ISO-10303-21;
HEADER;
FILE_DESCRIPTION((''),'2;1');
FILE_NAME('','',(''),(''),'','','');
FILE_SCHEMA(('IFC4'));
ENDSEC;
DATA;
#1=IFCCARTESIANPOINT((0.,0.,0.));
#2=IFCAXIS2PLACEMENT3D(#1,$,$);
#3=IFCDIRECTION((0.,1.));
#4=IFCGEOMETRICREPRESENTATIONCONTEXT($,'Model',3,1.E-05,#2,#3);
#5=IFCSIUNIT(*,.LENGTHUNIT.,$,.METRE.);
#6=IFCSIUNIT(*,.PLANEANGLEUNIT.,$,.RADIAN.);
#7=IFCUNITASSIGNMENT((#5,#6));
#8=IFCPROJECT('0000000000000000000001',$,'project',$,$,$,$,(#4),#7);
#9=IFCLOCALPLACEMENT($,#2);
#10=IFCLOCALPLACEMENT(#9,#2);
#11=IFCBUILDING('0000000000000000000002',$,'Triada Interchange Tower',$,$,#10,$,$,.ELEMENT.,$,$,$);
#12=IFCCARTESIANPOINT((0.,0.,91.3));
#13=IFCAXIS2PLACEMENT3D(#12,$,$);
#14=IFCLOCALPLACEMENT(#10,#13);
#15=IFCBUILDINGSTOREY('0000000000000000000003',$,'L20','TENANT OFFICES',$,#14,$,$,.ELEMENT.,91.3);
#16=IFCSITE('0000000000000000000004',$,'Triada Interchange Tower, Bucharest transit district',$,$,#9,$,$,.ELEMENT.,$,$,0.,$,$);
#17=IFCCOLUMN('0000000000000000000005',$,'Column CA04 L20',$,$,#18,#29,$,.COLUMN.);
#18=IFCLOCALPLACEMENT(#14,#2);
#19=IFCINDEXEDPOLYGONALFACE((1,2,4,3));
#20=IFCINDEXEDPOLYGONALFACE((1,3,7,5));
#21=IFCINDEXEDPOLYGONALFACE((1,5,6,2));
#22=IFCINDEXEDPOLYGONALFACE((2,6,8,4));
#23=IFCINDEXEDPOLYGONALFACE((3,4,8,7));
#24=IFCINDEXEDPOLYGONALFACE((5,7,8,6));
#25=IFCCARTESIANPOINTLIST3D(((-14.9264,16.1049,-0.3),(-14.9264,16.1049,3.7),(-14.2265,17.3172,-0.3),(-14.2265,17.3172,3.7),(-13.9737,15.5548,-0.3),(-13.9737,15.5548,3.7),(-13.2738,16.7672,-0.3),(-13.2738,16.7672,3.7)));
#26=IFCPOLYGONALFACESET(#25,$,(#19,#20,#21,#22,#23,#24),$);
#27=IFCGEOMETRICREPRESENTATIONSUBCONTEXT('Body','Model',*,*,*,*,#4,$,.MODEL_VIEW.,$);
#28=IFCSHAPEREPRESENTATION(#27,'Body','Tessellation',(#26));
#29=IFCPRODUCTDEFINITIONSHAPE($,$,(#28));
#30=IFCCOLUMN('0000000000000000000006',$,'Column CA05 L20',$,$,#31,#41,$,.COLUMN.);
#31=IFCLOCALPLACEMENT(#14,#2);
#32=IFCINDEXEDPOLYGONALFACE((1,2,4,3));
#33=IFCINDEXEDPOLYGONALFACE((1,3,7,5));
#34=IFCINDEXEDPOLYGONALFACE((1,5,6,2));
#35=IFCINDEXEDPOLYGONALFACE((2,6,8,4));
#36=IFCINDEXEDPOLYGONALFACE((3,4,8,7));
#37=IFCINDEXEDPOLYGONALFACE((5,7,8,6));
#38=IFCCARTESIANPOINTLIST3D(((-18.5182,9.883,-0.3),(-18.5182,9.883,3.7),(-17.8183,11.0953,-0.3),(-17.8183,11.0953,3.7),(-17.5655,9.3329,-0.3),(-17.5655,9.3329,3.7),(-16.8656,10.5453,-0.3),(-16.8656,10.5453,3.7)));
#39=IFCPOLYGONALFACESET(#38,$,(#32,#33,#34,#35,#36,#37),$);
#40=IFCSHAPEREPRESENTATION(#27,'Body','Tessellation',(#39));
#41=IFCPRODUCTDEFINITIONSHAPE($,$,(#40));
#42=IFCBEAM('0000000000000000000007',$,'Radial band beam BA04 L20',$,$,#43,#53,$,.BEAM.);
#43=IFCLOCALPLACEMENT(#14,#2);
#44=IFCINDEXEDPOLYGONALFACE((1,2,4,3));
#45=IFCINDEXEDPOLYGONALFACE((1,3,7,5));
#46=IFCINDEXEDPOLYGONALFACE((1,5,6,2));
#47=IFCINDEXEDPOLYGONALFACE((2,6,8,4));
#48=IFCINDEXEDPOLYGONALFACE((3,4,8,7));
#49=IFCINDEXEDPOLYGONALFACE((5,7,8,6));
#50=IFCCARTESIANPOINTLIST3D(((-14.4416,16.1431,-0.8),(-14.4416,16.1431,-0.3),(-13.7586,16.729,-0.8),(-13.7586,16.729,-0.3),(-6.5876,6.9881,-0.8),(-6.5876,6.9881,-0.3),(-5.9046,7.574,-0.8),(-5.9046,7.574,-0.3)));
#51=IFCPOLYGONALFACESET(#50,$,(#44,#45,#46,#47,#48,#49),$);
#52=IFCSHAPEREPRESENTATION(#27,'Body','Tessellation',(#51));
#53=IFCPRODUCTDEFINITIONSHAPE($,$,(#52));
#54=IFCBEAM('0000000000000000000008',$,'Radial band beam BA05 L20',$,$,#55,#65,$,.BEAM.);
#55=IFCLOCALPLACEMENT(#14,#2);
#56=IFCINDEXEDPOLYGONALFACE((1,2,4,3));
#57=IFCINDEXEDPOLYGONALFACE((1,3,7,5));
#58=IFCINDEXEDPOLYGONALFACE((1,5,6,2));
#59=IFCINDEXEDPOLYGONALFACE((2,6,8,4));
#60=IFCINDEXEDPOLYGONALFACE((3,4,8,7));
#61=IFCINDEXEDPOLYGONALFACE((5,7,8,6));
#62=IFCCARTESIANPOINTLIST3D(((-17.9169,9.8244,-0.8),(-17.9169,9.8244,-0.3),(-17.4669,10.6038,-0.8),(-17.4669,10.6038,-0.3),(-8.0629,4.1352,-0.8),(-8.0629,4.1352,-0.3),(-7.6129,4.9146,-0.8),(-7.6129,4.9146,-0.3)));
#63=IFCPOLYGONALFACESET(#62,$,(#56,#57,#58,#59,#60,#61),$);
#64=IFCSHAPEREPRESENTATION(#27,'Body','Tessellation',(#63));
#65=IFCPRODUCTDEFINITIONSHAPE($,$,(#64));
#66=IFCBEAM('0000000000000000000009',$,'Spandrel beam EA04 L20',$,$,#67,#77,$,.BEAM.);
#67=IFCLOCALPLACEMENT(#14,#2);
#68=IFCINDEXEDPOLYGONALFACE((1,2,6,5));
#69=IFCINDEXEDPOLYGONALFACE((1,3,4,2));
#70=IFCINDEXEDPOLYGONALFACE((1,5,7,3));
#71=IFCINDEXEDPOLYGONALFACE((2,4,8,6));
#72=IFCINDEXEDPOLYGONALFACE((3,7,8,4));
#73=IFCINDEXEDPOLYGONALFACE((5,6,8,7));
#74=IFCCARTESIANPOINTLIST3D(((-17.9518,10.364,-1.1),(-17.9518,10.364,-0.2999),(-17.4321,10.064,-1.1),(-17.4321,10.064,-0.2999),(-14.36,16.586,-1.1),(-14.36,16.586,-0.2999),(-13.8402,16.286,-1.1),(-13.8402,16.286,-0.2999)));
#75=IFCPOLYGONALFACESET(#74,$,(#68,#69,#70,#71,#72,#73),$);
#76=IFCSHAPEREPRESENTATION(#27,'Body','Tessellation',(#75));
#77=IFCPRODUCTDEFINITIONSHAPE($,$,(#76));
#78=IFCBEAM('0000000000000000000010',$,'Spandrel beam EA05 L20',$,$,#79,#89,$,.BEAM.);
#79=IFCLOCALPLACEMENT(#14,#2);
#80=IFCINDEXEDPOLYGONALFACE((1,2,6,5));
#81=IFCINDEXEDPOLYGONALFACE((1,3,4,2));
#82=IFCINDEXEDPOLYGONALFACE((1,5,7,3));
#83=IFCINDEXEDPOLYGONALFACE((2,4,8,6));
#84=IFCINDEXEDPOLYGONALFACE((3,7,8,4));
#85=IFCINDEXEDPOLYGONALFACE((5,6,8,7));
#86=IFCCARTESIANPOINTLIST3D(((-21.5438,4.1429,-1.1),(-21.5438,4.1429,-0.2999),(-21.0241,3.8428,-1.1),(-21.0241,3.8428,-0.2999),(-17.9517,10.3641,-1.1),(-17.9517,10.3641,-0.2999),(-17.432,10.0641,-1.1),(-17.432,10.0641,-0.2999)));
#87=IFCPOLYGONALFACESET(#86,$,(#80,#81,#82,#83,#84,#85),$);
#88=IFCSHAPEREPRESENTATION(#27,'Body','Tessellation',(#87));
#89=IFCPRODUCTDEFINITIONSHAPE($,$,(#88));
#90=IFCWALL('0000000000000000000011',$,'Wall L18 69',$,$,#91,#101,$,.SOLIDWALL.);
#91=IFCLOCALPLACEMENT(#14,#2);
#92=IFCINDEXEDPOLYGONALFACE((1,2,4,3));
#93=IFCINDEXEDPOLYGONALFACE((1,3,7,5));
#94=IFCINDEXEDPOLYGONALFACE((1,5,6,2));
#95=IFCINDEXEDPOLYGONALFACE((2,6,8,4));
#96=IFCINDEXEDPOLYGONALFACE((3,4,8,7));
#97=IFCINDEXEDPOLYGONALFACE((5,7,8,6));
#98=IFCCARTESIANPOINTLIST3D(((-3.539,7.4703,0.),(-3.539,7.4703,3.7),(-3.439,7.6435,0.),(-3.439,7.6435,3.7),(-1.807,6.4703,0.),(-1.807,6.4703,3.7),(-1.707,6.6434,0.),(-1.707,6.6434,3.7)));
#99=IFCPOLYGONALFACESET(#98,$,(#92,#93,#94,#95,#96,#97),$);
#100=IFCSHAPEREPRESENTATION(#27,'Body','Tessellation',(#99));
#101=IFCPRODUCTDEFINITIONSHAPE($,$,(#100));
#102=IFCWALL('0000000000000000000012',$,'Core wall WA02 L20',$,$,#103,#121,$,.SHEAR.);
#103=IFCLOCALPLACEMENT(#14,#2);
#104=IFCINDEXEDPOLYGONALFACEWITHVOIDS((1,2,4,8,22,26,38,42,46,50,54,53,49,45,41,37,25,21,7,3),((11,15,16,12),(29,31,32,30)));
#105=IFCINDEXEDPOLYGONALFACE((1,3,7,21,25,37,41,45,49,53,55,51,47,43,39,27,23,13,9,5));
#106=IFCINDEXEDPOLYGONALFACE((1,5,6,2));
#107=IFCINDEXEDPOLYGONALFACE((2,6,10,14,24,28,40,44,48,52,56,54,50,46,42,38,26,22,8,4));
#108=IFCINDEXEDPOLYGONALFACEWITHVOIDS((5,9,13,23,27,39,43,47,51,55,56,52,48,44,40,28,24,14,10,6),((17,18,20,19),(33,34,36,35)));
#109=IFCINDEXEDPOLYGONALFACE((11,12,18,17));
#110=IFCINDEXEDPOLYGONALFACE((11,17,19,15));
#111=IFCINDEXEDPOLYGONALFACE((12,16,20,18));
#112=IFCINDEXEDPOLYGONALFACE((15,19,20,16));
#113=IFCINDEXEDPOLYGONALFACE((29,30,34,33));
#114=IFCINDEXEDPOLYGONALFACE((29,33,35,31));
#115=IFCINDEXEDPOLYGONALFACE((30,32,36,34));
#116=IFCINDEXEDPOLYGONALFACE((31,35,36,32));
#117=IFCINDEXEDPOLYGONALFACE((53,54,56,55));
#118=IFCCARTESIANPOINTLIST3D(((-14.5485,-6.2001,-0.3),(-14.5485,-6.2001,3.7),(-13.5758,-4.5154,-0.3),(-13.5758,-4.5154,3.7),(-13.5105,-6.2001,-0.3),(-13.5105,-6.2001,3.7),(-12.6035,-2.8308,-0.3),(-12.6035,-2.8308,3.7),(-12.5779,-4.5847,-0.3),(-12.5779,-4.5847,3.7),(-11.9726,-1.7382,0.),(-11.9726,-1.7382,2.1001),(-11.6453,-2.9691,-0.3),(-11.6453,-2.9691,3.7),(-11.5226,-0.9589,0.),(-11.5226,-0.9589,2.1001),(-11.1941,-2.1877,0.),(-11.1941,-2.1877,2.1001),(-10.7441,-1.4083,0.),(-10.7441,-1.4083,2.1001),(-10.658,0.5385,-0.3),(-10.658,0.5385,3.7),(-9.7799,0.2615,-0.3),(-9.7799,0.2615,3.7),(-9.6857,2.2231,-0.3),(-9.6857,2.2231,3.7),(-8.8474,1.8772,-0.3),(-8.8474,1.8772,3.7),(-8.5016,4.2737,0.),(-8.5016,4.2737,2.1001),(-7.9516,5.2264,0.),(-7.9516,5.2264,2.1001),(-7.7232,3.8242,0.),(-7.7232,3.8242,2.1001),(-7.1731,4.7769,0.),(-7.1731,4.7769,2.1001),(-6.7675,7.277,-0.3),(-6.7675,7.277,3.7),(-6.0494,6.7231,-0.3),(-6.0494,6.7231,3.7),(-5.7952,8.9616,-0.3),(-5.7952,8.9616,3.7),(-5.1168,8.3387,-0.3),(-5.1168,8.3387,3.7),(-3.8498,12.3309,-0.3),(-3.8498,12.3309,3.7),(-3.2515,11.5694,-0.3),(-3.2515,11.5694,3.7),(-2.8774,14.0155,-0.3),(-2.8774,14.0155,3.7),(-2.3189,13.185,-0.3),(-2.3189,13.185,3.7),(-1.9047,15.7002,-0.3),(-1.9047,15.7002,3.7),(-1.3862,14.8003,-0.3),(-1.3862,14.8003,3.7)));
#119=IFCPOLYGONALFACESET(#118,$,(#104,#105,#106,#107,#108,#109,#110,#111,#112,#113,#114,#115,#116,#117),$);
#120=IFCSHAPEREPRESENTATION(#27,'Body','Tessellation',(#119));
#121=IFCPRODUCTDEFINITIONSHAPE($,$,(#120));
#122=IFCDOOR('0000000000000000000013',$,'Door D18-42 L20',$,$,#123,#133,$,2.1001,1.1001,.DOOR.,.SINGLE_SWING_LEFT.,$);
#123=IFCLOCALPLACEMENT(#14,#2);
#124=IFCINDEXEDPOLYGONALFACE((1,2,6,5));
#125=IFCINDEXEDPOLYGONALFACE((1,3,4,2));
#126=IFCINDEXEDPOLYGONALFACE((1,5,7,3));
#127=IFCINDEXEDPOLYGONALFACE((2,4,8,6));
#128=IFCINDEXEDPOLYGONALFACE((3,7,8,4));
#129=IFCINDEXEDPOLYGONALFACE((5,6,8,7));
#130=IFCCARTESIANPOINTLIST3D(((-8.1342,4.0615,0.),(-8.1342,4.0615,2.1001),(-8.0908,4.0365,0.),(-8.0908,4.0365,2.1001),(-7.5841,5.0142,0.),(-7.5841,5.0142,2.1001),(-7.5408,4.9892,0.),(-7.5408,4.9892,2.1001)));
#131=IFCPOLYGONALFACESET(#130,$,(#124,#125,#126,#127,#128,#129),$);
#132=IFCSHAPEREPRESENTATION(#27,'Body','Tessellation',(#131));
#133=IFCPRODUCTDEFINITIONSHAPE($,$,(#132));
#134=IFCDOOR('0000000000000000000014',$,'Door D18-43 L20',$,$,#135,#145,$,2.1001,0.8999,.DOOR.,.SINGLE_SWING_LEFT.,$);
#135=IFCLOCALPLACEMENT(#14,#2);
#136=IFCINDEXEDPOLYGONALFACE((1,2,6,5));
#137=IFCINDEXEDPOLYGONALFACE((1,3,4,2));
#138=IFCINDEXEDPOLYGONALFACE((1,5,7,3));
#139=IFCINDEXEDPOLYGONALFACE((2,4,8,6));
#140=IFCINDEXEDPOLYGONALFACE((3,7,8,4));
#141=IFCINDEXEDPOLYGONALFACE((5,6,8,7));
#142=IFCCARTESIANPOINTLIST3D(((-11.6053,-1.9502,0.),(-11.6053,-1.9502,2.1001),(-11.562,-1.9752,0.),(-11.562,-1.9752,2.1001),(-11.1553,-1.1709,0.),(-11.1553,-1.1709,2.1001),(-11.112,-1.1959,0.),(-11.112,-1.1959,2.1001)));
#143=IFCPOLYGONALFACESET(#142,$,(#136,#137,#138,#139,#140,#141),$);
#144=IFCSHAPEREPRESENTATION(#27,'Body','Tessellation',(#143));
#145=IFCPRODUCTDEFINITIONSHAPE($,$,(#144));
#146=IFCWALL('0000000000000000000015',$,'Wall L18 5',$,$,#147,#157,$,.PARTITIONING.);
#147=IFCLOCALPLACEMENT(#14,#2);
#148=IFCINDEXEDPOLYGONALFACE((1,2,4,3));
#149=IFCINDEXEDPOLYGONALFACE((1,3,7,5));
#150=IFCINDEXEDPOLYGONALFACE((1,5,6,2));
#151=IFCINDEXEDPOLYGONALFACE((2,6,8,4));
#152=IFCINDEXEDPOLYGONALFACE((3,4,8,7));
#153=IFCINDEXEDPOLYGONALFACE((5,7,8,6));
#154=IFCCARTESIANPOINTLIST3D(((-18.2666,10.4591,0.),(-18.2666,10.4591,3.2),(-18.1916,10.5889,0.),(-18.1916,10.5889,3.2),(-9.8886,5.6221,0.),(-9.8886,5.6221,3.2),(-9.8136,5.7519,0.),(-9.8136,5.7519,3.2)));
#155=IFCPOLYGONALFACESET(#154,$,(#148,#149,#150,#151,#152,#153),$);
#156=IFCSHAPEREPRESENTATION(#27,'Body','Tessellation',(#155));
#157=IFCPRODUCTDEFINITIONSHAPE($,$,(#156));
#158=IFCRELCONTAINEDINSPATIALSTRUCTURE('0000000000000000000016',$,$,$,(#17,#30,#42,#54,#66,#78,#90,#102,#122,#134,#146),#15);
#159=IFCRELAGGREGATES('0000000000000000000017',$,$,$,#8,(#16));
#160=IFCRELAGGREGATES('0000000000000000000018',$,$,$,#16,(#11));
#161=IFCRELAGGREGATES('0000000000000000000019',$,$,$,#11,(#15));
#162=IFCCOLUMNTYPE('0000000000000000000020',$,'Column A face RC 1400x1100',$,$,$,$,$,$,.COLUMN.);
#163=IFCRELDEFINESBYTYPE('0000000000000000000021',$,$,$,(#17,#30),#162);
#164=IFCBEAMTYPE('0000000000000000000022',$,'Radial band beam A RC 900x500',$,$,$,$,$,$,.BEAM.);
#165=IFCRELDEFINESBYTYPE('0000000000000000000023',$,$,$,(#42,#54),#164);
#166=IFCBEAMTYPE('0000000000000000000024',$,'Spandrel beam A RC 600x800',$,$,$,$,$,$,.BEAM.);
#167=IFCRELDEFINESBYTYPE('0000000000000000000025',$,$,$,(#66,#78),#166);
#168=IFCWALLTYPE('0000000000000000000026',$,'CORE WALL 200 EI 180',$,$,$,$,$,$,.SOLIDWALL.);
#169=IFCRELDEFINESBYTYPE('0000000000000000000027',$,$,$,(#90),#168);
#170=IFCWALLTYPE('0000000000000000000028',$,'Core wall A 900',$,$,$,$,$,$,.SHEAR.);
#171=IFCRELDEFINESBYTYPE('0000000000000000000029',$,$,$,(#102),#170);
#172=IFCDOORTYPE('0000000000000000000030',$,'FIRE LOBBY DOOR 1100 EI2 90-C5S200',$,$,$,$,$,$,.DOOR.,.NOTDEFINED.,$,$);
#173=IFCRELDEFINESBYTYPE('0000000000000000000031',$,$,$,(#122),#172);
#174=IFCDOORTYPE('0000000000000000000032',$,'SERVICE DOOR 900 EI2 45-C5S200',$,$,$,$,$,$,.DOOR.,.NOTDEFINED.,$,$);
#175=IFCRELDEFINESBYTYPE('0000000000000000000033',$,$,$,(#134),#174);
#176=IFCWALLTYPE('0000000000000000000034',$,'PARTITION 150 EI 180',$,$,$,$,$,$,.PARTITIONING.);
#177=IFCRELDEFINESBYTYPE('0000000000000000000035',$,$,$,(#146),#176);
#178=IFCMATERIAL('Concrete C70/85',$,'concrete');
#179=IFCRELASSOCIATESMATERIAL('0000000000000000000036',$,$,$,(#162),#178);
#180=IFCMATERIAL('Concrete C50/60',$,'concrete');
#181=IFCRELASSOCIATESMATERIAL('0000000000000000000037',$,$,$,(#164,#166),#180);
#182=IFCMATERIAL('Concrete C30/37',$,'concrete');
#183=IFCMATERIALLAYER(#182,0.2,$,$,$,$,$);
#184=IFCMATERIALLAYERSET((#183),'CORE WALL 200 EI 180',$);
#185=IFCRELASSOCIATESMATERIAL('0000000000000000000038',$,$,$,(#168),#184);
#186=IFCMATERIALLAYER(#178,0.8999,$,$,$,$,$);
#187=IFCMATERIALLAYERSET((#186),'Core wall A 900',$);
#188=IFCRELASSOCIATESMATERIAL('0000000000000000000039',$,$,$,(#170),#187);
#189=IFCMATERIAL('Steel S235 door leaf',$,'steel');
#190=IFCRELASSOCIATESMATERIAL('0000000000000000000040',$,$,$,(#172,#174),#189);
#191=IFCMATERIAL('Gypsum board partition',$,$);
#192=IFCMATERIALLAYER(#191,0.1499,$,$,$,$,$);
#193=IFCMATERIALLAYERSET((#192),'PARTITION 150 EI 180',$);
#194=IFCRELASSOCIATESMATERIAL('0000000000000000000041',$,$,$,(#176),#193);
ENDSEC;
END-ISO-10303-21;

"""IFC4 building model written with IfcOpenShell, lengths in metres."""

from ifc_helpers import new_model, si_unit, direction, frame, frame_2d, origin, origin_2d, place, context, subcontext, project, spatial, polyline, rectangle, outline, extrude, material, layer, layer_set, material_profile, profile_set, type_object, element, fill, save


model = new_model("IFC4")

# Units and contexts
model_context = context("Model", 3, precision=1e-05, world=origin(), true_north=direction((0.0, 1.0)))
body_context = subcontext(model_context, "Body", "Model", "MODEL_VIEW")
ifc_project = project(units=[si_unit("LENGTHUNIT", "METRE"), si_unit("PLANEANGLEUNIT", "RADIAN")], contexts=[model_context])

# Site, building, storey
site_placement = place(None, origin())
site = spatial("IfcSite", under=ifc_project, at=site_placement, Name="Triada Interchange Tower, Bucharest transit district", CompositionType="ELEMENT", RefElevation=0.0)
building_placement = place(site_placement, origin())
building = spatial("IfcBuilding", under=site, at=building_placement, Name="Triada Interchange Tower", CompositionType="ELEMENT")
storey_placement = place(building_placement, frame((0.0, 0.0, 91.3)))
storey = spatial("IfcBuildingStorey", under=building, at=storey_placement, Name="L20", Description="TENANT OFFICES", CompositionType="ELEMENT", Elevation=91.3)

# Columns
ifc_material_1 = material(Name="Concrete C70/85", Category="concrete")
ifc_material_profile_1 = material_profile(ifc_material_1, rectangle(XDim=1.3999, YDim=1.1001, at=origin_2d()), Name="RC 1400x1100")
ifc_profile_set_1 = profile_set([ifc_material_profile_1], Name="Concrete C70/85")
column_type = type_object("IfcColumnType", Name="Column A face RC 1400x1100", PredefinedType="COLUMN", material=ifc_profile_set_1)
for number, where, z_axis, x_axis, name in (
    (1, (-14.1001, 16.436, -0.3), (0.0, 0.0, 1.0), (0.5, 0.866025, 0.0), "Column CA04 L20"),
    (2, (-17.6919, 10.2141, -0.3), (0.0, 0.0, 1.0), (0.5, 0.866025, 0.0), "Column CA05 L20"),
):
    element("IfcColumn", number, at=place(storey_placement, frame(where, z_axis=z_axis, x_axis=x_axis)), inside=storey, type_object=column_type, Name=name, PredefinedType="COLUMN", context=body_context, shape_type="SweptSolid", body=[
        extrude(rectangle(XDim=1.3999, YDim=1.1001, at=origin_2d()), origin(), (0.0, 0.0, 1.0), 4.0),
    ])

# Beams
ifc_material_2 = material(Name="Concrete C50/60", Category="concrete")
ifc_material_profile_2 = material_profile(ifc_material_2, rectangle(XDim=0.8999, YDim=0.5, at=origin_2d()), Name="RC 900x500")
ifc_profile_set_2 = profile_set([ifc_material_profile_2], Name="Concrete C50/60")
beam_type_1 = type_object("IfcBeamType", Name="Radial band beam A RC 900x500", PredefinedType="BEAM", material=ifc_profile_set_2)
beam_1_placement = place(storey_placement, frame((-14.1001, 16.436, -0.55), z_axis=(0.651118, -0.758977, 0.0), x_axis=(0.758977, 0.651118, 0.0)))
element("IfcBeam", 3, at=beam_1_placement, inside=storey, type_object=beam_type_1, Name="Radial band beam BA04 L20", PredefinedType="BEAM", context=body_context, shape_type="SweptSolid", body=[
    extrude(rectangle(XDim=0.8999, YDim=0.5, at=origin_2d()), origin(), (0.0, 0.0, 1.0), 12.0623),
])
beam_2_placement = place(storey_placement, frame((-17.6919, 10.2141, -0.55), z_axis=(0.866026, -0.5, 0.0), x_axis=(0.5, 0.866026, 0.0)))
element("IfcBeam", 4, at=beam_2_placement, inside=storey, type_object=beam_type_1, Name="Radial band beam BA05 L20", PredefinedType="BEAM", context=body_context, shape_type="SweptSolid", body=[
    extrude(rectangle(XDim=0.8999, YDim=0.5, at=origin_2d()), origin(), (0.0, 0.0, 1.0), 11.3784),
])
ifc_material_profile_3 = material_profile(ifc_material_2, rectangle(XDim=0.6001, YDim=0.8, at=origin_2d()), Name="RC 600x800")
ifc_profile_set_3 = profile_set([ifc_material_profile_3], Name="Concrete C50/60")
beam_type_2 = type_object("IfcBeamType", Name="Spandrel beam A RC 600x800", PredefinedType="BEAM", material=ifc_profile_set_3)
beam_3_placement = place(storey_placement, frame((-14.1001, 16.436, -0.7), z_axis=(-0.499955, -0.866051, 0.0), x_axis=(0.866051, -0.499955, 0.0)))
element("IfcBeam", 5, at=beam_3_placement, inside=storey, type_object=beam_type_2, Name="Spandrel beam EA04 L20", PredefinedType="BEAM", context=body_context, shape_type="SweptSolid", body=[
    extrude(rectangle(XDim=0.6001, YDim=0.8, at=origin_2d()), origin(), (0.0, 0.0, 1.0), 7.1843),
])
beam_4_placement = place(storey_placement, frame((-17.6919, 10.2141, -0.7), z_axis=(-0.500024, -0.866011, 0.0), x_axis=(0.866011, -0.500024, 0.0)))
element("IfcBeam", 6, at=beam_4_placement, inside=storey, type_object=beam_type_2, Name="Spandrel beam EA05 L20", PredefinedType="BEAM", context=body_context, shape_type="SweptSolid", body=[
    extrude(rectangle(XDim=0.6001, YDim=0.8, at=origin_2d()), origin(), (0.0, 0.0, 1.0), 7.1838),
])

# Wall
ifc_material_3 = material(Name="Concrete C30/37", Category="concrete")
ifc_layer_1 = layer(ifc_material_3, 0.2)
ifc_layer_set_1 = layer_set([ifc_layer_1], Name="CORE WALL 200 EI 180")
wall_type_1 = type_object("IfcWallType", Name="CORE WALL 200 EI 180", PredefinedType="SOLIDWALL", material=ifc_layer_set_1)
wall_1_placement = place(storey_placement, frame((-3.489, 7.5569, 0.0), z_axis=(0.0, 0.0, 1.0), x_axis=(0.866011, -0.500025, 0.0)))
element("IfcWall", 7, at=wall_1_placement, inside=storey, type_object=wall_type_1, Name="Wall L18 69", PredefinedType="SOLIDWALL", context=body_context, shape_type="SweptSolid", body=[
    extrude(rectangle(XDim=2.0, YDim=0.2, at=frame_2d((1.0, 0.0))), origin(), (0.0, 0.0, 1.0), 3.7),
])

# Wall, openings, doors
ifc_layer_2 = layer(ifc_material_1, 0.8999)
ifc_layer_set_2 = layer_set([ifc_layer_2], Name="Core wall A 900")
wall_type_2 = type_object("IfcWallType", Name="Core wall A 900", PredefinedType="SHEAR", material=ifc_layer_set_2)
wall_2_placement = place(storey_placement, frame((-1.645, 15.25, -0.3), z_axis=(0.0, 0.0, 1.0), x_axis=(-0.500026, -0.86601, 0.0)))
wall_2 = element("IfcWall", 8, at=wall_2_placement, inside=storey, type_object=wall_type_2, Name="Core wall WA02 L20", PredefinedType="SHEAR", context=body_context, shape_type="SweptSolid", body=[
    extrude(outline(polyline([(-0.26, -0.45), (1.6853, -0.45), (3.6304, -0.4497), (5.5757, -0.4497), (7.521, -0.4497), (9.4661, -0.4495), (11.4114, -0.4495), (13.3567, -0.4495), (15.302, -0.4495), (17.2471, -0.4492), (19.1924, -0.4492), (21.1377, -0.4492), (23.0828, -0.449), (25.0281, -0.449), (24.509, 0.45), (22.6438, 0.45), (20.7783, 0.4497), (18.9131, 0.4497), (17.0479, 0.4497), (15.1824, 0.4495), (13.3171, 0.4495), (11.4519, 0.4495), (9.5867, 0.4495), (7.7212, 0.4492), (5.856, 0.4492), (3.9907, 0.4492), (2.1252, 0.449), (0.26, 0.449), (-0.26, -0.45)])), origin(), (0.0, 0.0, 1.0), 4.0),
])
opening_1_placement = place(wall_2_placement, frame((11.834, 0.0, 0.3)))
opening_1 = element("IfcOpeningElement", 9, at=opening_1_placement, cuts=wall_2, PredefinedType="OPENING", context=body_context, shape_type="SweptSolid", body=[
    extrude(rectangle(XDim=1.1001, YDim=2.1001, at=frame_2d((0.55, 1.05))), frame((0.0, 0.46, 0.0), z_axis=(0.0, -1.0, 0.0), x_axis=(1.0, 0.0, 0.0)), (0.0, 0.0, 1.0), 0.9199),
])
opening_2_placement = place(wall_2_placement, frame((18.9761, 0.0, 0.3)))
opening_2 = element("IfcOpeningElement", 10, at=opening_2_placement, cuts=wall_2, PredefinedType="OPENING", context=body_context, shape_type="SweptSolid", body=[
    extrude(rectangle(XDim=0.8999, YDim=2.1001, at=frame_2d((0.45, 1.05))), frame((0.0, 0.46, 0.0), z_axis=(0.0, -1.0, 0.0), x_axis=(1.0, 0.0, 0.0)), (0.0, 0.0, 1.0), 0.9199),
])
ifc_material_4 = material(Name="Steel S235 door leaf", Category="steel")
door_type_1 = type_object("IfcDoorType", Name="FIRE LOBBY DOOR 1100 EI2 90-C5S200", OperationType="NOTDEFINED", PredefinedType="DOOR", material=ifc_material_4)
door_1_placement = place(opening_1_placement, origin())
door_1 = element("IfcDoor", 11, at=door_1_placement, inside=storey, type_object=door_type_1, Name="Door D18-42 L20", OperationType="SINGLE_SWING_LEFT", OverallHeight=2.1001, OverallWidth=1.1001, PredefinedType="DOOR", context=body_context, shape_type="SweptSolid", body=[
    extrude(rectangle(XDim=1.1001, YDim=2.1001, at=frame_2d((0.55, 1.05))), frame((0.0, 0.0249, 0.0), z_axis=(0.0, -1.0, 0.0), x_axis=(1.0, 0.0, 0.0)), (0.0, 0.0, 1.0), 0.05),
])
fill(opening_1, door_1)
door_type_2 = type_object("IfcDoorType", Name="SERVICE DOOR 900 EI2 45-C5S200", OperationType="NOTDEFINED", PredefinedType="DOOR", material=ifc_material_4)
door_2_placement = place(opening_2_placement, origin())
door_2 = element("IfcDoor", 12, at=door_2_placement, inside=storey, type_object=door_type_2, Name="Door D18-43 L20", OperationType="SINGLE_SWING_LEFT", OverallHeight=2.1001, OverallWidth=0.8999, PredefinedType="DOOR", context=body_context, shape_type="SweptSolid", body=[
    extrude(rectangle(XDim=0.8999, YDim=2.1001, at=frame_2d((0.45, 1.05))), frame((0.0, 0.0249, 0.0), z_axis=(0.0, -1.0, 0.0), x_axis=(1.0, 0.0, 0.0)), (0.0, 0.0, 1.0), 0.05),
])
fill(opening_2, door_2)

# Wall
ifc_material_5 = material(Name="Gypsum board partition")
ifc_layer_3 = layer(ifc_material_5, 0.1499)
ifc_layer_set_3 = layer_set([ifc_layer_3], Name="PARTITION 150 EI 180")
wall_type_3 = type_object("IfcWallType", Name="PARTITION 150 EI 180", PredefinedType="PARTITIONING", material=ifc_layer_set_3)
wall_3_placement = place(storey_placement, frame((-18.229, 10.5239, 0.0), z_axis=(0.0, 0.0, 1.0), x_axis=(0.866029, -0.499993, 0.0)))
element("IfcWall", 13, at=wall_3_placement, inside=storey, type_object=wall_type_3, Name="Wall L18 5", PredefinedType="PARTITIONING", context=body_context, shape_type="SweptSolid", body=[
    extrude(rectangle(XDim=9.6741, YDim=0.1499, at=frame_2d((4.8369, 0.0))), origin(), (0.0, 0.0, 1.0), 3.2),
])

save(model, "model.ifc")
